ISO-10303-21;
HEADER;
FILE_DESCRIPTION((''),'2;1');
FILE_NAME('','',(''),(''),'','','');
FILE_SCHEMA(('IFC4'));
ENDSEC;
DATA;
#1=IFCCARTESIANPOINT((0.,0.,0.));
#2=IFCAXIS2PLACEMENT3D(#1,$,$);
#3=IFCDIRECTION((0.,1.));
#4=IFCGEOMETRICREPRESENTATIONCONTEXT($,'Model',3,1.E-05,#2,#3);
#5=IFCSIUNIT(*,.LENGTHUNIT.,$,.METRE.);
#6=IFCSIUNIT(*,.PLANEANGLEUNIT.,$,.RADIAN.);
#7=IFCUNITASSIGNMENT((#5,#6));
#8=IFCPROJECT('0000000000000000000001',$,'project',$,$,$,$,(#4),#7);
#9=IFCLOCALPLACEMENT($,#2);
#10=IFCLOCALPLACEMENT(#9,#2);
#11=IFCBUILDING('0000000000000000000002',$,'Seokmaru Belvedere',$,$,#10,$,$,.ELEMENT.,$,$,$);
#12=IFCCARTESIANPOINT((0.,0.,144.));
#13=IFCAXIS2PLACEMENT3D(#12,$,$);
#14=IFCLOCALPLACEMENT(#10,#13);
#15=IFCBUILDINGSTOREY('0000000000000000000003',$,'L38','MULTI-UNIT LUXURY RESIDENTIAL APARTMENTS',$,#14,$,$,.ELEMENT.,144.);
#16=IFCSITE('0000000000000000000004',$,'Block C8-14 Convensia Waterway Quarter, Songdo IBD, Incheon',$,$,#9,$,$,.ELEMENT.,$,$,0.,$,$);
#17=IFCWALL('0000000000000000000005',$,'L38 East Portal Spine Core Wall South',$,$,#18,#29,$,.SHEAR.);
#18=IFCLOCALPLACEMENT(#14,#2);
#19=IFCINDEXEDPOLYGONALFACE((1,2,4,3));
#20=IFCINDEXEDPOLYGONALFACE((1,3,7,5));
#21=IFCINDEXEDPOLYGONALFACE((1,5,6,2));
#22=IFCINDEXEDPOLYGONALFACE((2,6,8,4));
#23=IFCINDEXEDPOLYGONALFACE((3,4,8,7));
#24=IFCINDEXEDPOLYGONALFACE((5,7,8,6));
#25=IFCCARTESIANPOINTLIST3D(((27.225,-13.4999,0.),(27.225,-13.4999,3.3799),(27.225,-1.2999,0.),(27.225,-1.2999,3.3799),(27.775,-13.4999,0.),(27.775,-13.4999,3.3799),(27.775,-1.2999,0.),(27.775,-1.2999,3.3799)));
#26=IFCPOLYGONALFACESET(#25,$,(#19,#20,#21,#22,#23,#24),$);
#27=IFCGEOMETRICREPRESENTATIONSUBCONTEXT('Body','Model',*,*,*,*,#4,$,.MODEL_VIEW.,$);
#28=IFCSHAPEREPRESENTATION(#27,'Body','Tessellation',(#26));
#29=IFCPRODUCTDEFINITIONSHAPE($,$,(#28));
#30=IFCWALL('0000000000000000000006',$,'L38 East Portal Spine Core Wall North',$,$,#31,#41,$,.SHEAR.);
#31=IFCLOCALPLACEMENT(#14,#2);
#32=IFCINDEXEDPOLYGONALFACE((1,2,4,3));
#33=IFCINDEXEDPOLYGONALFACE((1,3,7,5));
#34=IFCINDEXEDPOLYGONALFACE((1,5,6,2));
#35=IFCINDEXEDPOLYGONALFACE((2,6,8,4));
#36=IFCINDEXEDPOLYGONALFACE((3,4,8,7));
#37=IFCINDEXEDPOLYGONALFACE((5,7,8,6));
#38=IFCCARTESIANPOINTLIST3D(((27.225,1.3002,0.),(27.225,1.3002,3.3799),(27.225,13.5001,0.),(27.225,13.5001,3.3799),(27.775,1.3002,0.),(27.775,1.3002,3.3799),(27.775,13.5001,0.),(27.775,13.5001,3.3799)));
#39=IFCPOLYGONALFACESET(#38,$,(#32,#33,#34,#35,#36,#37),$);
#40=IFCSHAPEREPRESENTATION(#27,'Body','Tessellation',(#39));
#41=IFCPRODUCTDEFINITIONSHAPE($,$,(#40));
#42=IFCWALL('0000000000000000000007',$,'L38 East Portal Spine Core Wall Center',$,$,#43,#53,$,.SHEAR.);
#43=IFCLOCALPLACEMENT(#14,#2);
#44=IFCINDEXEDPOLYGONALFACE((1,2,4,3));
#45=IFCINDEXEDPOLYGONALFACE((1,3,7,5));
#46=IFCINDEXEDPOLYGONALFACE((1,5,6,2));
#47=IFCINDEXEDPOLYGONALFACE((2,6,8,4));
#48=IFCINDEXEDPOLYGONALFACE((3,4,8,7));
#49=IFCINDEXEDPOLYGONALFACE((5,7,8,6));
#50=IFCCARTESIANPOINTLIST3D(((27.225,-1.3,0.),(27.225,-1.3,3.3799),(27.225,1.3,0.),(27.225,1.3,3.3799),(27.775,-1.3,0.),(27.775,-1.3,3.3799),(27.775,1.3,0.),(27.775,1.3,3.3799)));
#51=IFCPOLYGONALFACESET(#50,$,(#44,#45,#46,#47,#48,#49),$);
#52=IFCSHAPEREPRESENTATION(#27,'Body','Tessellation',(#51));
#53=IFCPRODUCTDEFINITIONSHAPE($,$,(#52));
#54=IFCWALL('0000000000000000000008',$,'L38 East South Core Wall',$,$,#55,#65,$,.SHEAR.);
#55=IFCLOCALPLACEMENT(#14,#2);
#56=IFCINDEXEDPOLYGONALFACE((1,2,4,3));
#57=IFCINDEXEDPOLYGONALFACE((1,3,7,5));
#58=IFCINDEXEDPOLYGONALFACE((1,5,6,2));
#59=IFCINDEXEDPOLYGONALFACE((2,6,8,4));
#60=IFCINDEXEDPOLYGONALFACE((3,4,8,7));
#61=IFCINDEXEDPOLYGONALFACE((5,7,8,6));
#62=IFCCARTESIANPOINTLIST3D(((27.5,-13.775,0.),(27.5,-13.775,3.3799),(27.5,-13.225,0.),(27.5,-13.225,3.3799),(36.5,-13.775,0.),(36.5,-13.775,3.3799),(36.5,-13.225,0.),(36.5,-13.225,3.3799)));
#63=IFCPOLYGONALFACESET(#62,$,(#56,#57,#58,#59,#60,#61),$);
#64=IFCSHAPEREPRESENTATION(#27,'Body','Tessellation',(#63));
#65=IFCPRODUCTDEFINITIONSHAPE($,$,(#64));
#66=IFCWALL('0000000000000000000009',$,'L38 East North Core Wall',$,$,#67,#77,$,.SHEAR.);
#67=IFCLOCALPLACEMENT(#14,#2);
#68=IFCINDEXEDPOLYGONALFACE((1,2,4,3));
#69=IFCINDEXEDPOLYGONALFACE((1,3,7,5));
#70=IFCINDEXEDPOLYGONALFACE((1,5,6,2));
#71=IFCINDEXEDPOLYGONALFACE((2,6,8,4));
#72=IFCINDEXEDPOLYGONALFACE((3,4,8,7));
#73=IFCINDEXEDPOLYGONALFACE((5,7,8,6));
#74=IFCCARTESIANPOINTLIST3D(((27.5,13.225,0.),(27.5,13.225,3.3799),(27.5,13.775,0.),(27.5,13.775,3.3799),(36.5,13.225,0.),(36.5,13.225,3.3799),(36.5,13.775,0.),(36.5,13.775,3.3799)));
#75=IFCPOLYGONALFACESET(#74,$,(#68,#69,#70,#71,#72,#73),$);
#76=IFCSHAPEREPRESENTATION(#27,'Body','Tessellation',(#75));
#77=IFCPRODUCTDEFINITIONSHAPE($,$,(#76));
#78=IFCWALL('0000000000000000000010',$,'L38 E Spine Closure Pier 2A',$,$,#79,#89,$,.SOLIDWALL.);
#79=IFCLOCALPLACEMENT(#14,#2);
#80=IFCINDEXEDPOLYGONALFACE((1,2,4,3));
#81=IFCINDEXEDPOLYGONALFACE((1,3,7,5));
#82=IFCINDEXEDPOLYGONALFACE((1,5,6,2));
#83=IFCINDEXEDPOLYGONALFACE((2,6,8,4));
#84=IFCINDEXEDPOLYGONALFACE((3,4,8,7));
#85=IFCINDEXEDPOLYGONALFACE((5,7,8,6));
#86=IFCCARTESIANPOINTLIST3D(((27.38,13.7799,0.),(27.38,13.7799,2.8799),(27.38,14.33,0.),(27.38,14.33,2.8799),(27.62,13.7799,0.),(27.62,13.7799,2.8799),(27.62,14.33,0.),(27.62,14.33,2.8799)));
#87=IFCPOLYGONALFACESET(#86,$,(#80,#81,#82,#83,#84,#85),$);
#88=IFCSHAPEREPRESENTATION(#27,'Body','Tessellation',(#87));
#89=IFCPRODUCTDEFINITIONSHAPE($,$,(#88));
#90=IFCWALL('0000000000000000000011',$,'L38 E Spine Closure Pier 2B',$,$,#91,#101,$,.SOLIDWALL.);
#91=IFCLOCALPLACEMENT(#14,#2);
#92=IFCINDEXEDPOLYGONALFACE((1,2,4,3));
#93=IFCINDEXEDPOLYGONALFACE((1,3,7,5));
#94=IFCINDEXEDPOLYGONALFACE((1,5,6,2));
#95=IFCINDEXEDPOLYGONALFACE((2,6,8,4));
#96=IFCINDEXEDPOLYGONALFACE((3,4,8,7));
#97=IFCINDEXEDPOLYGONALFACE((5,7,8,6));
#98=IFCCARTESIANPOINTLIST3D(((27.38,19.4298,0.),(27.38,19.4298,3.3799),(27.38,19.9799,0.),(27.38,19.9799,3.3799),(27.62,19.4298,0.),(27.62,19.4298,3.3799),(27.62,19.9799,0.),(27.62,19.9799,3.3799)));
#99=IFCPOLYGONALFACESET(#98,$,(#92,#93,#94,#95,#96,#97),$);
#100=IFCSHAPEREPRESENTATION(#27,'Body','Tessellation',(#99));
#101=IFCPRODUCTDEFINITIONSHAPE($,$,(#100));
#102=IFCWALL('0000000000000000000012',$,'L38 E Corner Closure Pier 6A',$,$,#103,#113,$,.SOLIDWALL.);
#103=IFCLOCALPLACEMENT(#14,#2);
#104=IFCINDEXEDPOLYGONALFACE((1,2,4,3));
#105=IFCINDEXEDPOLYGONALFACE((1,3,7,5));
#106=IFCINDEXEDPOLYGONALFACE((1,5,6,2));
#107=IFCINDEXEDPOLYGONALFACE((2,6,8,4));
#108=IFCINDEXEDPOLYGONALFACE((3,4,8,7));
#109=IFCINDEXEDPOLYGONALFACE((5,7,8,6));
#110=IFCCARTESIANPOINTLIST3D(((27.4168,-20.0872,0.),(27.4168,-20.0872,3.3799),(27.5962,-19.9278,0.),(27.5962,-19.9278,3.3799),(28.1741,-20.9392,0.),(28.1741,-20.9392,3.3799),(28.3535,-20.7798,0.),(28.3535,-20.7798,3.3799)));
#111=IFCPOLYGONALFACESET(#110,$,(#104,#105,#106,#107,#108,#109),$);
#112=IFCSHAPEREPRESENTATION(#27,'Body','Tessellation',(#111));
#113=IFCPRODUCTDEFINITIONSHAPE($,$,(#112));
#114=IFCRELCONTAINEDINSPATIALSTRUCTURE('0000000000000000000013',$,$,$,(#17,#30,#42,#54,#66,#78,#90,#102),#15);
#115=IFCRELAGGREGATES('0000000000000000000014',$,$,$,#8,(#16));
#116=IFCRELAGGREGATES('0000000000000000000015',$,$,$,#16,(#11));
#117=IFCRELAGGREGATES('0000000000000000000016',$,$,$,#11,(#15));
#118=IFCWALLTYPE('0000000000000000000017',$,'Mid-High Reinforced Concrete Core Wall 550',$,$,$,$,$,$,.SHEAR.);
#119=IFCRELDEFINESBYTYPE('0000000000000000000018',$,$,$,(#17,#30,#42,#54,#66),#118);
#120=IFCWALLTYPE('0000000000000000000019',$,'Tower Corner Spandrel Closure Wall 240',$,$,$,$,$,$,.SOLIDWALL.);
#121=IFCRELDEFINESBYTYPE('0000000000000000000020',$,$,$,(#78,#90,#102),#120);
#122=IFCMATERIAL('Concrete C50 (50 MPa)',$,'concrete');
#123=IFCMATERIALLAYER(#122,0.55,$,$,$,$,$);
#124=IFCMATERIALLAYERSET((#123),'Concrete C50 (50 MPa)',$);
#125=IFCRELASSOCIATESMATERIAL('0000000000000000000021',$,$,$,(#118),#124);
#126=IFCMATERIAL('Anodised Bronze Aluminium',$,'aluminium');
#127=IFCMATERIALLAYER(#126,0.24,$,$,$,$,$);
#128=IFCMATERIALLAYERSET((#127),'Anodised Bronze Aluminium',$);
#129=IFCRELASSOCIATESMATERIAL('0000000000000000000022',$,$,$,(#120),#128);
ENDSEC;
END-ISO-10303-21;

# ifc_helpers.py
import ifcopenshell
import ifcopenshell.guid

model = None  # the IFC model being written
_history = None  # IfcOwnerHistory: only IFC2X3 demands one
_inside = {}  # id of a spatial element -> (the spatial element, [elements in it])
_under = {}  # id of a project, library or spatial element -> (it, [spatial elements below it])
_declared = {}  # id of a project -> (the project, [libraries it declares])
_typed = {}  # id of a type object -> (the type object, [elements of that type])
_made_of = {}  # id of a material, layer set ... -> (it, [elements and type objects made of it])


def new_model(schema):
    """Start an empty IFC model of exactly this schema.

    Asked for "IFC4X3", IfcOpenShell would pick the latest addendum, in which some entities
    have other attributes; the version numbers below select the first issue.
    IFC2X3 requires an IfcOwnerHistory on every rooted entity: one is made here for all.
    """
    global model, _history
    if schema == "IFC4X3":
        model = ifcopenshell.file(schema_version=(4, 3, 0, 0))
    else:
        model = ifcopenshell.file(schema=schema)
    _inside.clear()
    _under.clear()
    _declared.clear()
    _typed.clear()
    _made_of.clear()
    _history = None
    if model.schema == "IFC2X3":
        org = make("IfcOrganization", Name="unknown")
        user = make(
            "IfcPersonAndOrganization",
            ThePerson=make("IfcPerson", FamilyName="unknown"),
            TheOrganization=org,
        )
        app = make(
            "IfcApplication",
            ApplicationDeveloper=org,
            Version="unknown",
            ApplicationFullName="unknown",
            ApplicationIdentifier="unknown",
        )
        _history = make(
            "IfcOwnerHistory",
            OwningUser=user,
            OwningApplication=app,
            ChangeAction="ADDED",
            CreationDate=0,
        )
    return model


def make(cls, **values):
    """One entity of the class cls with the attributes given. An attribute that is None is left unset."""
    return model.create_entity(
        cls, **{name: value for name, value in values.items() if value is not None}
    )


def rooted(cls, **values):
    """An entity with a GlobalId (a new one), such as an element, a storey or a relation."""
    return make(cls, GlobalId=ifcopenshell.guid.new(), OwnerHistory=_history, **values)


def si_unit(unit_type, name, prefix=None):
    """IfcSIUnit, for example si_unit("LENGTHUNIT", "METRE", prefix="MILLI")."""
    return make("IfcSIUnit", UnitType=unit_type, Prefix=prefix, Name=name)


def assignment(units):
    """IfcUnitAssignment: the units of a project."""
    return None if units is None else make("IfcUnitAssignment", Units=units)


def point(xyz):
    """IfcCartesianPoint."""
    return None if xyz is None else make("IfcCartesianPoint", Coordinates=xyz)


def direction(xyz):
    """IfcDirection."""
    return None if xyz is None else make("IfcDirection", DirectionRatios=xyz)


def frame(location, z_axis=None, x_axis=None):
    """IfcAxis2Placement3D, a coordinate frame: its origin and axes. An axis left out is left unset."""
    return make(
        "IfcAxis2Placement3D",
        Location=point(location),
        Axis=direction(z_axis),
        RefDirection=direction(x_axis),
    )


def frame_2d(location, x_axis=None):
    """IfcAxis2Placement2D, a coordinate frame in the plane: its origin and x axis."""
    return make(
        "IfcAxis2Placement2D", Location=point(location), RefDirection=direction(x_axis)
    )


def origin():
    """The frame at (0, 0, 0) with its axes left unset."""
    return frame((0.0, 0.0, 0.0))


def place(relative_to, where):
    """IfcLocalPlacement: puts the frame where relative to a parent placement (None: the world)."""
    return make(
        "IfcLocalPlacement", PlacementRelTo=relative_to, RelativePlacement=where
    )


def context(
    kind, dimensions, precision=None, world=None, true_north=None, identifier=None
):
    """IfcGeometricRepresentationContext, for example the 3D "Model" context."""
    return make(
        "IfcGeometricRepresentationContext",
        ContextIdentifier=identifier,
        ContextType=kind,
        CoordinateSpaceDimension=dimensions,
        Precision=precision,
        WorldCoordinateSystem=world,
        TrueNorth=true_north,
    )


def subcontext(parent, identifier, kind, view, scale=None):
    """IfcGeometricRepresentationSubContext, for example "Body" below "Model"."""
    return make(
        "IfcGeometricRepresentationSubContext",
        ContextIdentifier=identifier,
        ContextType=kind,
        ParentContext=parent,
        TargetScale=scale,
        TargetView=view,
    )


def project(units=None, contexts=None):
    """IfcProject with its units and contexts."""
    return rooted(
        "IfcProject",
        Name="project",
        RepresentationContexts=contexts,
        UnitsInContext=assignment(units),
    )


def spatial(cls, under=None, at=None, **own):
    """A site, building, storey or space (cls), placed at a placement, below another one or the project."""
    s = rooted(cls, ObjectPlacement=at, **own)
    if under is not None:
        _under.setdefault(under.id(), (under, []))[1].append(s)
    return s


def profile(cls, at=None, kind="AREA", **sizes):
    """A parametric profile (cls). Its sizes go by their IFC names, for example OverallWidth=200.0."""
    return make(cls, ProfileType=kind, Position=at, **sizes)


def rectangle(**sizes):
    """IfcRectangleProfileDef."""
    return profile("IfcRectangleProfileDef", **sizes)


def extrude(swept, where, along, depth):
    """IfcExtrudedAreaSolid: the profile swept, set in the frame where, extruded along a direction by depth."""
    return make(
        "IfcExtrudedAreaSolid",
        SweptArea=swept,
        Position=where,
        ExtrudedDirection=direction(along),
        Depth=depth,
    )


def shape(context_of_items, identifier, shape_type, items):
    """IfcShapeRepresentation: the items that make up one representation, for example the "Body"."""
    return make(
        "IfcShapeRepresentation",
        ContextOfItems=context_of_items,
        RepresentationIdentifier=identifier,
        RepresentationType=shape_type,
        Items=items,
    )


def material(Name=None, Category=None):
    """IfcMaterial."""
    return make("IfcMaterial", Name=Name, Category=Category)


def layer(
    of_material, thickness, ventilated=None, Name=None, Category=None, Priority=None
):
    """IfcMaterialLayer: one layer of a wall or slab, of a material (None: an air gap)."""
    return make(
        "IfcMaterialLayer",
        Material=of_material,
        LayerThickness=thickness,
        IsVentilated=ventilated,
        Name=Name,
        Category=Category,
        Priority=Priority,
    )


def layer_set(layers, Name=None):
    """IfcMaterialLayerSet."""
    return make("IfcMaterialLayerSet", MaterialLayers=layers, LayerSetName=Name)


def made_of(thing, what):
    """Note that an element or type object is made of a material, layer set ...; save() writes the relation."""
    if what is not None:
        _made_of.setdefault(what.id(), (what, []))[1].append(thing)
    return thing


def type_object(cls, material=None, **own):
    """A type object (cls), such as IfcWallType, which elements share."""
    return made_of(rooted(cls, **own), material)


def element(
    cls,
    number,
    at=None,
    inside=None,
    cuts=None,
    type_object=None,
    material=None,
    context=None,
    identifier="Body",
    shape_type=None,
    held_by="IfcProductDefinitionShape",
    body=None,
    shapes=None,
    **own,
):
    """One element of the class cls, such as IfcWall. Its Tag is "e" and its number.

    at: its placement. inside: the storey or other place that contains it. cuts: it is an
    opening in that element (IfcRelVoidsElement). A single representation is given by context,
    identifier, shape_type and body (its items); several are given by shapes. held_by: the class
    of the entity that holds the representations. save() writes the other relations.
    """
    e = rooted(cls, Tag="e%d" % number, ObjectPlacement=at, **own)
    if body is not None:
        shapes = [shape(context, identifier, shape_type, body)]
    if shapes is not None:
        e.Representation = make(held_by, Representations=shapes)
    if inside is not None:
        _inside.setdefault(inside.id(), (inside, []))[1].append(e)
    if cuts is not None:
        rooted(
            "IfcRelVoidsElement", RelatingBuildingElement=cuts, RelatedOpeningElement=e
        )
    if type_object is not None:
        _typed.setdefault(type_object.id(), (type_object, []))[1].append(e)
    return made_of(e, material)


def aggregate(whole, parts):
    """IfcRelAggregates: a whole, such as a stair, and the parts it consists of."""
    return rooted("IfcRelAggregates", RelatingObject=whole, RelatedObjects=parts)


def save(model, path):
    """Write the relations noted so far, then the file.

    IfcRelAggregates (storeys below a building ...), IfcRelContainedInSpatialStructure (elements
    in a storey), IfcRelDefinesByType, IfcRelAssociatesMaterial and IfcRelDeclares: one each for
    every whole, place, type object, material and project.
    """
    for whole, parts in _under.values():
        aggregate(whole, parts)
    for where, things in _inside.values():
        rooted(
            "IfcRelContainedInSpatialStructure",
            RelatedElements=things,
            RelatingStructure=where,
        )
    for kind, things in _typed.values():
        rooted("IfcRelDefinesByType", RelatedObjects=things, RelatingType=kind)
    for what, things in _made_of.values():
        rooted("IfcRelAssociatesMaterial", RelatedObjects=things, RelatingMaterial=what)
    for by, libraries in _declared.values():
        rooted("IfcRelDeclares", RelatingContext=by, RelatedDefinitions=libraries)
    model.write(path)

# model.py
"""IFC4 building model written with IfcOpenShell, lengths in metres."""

from ifc_helpers import new_model, si_unit, direction, frame, frame_2d, origin, place, context, subcontext, project, spatial, rectangle, extrude, material, layer, layer_set, type_object, element, save


model = new_model("IFC4")

# Units and contexts
model_context = context("Model", 3, precision=1e-05, world=origin(), true_north=direction((0.0, 1.0)))
body_context = subcontext(model_context, "Body", "Model", "MODEL_VIEW")
ifc_project = project(units=[si_unit("LENGTHUNIT", "METRE"), si_unit("PLANEANGLEUNIT", "RADIAN")], contexts=[model_context])

# Site, building, storey
site_placement = place(None, origin())
site = spatial("IfcSite", under=ifc_project, at=site_placement, Name="Block C8-14 Convensia Waterway Quarter, Songdo IBD, Incheon", CompositionType="ELEMENT", RefElevation=0.0)
building_placement = place(site_placement, origin())
building = spatial("IfcBuilding", under=site, at=building_placement, Name="Seokmaru Belvedere", CompositionType="ELEMENT")
storey_placement = place(building_placement, frame((0.0, 0.0, 144.0)))
storey = spatial("IfcBuildingStorey", under=building, at=storey_placement, Name="L38", Description="MULTI-UNIT LUXURY RESIDENTIAL APARTMENTS", CompositionType="ELEMENT", Elevation=144.0)

# Shared definitions
ifc_material_1 = material(Name="Anodised Bronze Aluminium", Category="aluminium")

# Shared definitions
ifc_material_2 = material(Name="Concrete C50 (50 MPa)", Category="concrete")

# Walls
ifc_layer_1 = layer(ifc_material_2, 0.55)
ifc_layer_set_1 = layer_set([ifc_layer_1], Name="Concrete C50 (50 MPa)")
wall_type_1 = type_object("IfcWallType", Name="Mid-High Reinforced Concrete Core Wall 550", PredefinedType="SHEAR", material=ifc_layer_set_1)
for number, where, z_axis, x_axis, name in (
    (1, (27.5, -13.5, 0.0), (0.0, 0.0, 1.0), (0.0, 1.0, 0.0), "L38 East Portal Spine Core Wall South"),
    (2, (27.5, 1.3, 0.0), (0.0, 0.0, 1.0), (0.0, 1.0, 0.0), "L38 East Portal Spine Core Wall North"),
):
    element("IfcWall", number, at=place(storey_placement, frame(where, z_axis=z_axis, x_axis=x_axis)), inside=storey, type_object=wall_type_1, Name=name, PredefinedType="SHEAR", context=body_context, shape_type="SweptSolid", body=[
        extrude(rectangle(XDim=12.2, YDim=0.55, at=frame_2d((6.1001, 0.0))), origin(), (0.0, 0.0, 1.0), 3.3799),
    ])
wall_1_placement = place(storey_placement, frame((27.5, -1.3, 0.0), z_axis=(0.0, 0.0, 1.0), x_axis=(0.0, 1.0, 0.0)))
element("IfcWall", 3, at=wall_1_placement, inside=storey, type_object=wall_type_1, Name="L38 East Portal Spine Core Wall Center", PredefinedType="SHEAR", context=body_context, shape_type="SweptSolid", body=[
    extrude(rectangle(XDim=2.6001, YDim=0.55, at=frame_2d((1.3, 0.0))), origin(), (0.0, 0.0, 1.0), 3.3799),
])
for number, where, z_axis, x_axis, name in (
    (4, (27.5, -13.5, 0.0), (0.0, 0.0, 1.0), (1.0, 0.0, 0.0), "L38 East South Core Wall"),
    (5, (27.5, 13.5, 0.0), (0.0, 0.0, 1.0), (1.0, 0.0, 0.0), "L38 East North Core Wall"),
):
    element("IfcWall", number, at=place(storey_placement, frame(where, z_axis=z_axis, x_axis=x_axis)), inside=storey, type_object=wall_type_1, Name=name, PredefinedType="SHEAR", context=body_context, shape_type="SweptSolid", body=[
        extrude(rectangle(XDim=9.0, YDim=0.55, at=frame_2d((4.5, 0.0))), origin(), (0.0, 0.0, 1.0), 3.3799),
    ])
ifc_layer_2 = layer(ifc_material_1, 0.24)
ifc_layer_set_2 = layer_set([ifc_layer_2], Name="Anodised Bronze Aluminium")
wall_type_2 = type_object("IfcWallType", Name="Tower Corner Spandrel Closure Wall 240", PredefinedType="SOLIDWALL", material=ifc_layer_set_2)
wall_2_placement = place(storey_placement, frame((27.5, 13.78, 0.0), z_axis=(0.0, 0.0, 1.0), x_axis=(0.0, 1.0, 0.0)))
element("IfcWall", 6, at=wall_2_placement, inside=storey, type_object=wall_type_2, Name="L38 E Spine Closure Pier 2A", PredefinedType="SOLIDWALL", context=body_context, shape_type="SweptSolid", body=[
    extrude(rectangle(XDim=0.55, YDim=0.24, at=frame_2d((0.2749, 0.0))), origin(), (0.0, 0.0, 1.0), 2.8799),
])
wall_3_placement = place(storey_placement, frame((27.5, 19.4299, 0.0), z_axis=(0.0, 0.0, 1.0), x_axis=(0.0, 1.0, 0.0)))
element("IfcWall", 7, at=wall_3_placement, inside=storey, type_object=wall_type_2, Name="L38 E Spine Closure Pier 2B", PredefinedType="SOLIDWALL", context=body_context, shape_type="SweptSolid", body=[
    extrude(rectangle(XDim=0.55, YDim=0.24, at=frame_2d((0.2749, 0.0))), origin(), (0.0, 0.0, 1.0), 3.3799),
])
wall_4_placement = place(storey_placement, frame((27.5066, -20.0076, 0.0), z_axis=(0.0, 0.0, 1.0), x_axis=(0.664337, -0.747433, 0.0)))
element("IfcWall", 8, at=wall_4_placement, inside=storey, type_object=wall_type_2, Name="L38 E Corner Closure Pier 6A", PredefinedType="SOLIDWALL", context=body_context, shape_type="SweptSolid", body=[
    extrude(rectangle(XDim=1.1399, YDim=0.24, at=frame_2d((0.5698, 0.0))), origin(), (0.0, 0.0, 1.0), 3.3799),
])

save(model, "model.ifc")
